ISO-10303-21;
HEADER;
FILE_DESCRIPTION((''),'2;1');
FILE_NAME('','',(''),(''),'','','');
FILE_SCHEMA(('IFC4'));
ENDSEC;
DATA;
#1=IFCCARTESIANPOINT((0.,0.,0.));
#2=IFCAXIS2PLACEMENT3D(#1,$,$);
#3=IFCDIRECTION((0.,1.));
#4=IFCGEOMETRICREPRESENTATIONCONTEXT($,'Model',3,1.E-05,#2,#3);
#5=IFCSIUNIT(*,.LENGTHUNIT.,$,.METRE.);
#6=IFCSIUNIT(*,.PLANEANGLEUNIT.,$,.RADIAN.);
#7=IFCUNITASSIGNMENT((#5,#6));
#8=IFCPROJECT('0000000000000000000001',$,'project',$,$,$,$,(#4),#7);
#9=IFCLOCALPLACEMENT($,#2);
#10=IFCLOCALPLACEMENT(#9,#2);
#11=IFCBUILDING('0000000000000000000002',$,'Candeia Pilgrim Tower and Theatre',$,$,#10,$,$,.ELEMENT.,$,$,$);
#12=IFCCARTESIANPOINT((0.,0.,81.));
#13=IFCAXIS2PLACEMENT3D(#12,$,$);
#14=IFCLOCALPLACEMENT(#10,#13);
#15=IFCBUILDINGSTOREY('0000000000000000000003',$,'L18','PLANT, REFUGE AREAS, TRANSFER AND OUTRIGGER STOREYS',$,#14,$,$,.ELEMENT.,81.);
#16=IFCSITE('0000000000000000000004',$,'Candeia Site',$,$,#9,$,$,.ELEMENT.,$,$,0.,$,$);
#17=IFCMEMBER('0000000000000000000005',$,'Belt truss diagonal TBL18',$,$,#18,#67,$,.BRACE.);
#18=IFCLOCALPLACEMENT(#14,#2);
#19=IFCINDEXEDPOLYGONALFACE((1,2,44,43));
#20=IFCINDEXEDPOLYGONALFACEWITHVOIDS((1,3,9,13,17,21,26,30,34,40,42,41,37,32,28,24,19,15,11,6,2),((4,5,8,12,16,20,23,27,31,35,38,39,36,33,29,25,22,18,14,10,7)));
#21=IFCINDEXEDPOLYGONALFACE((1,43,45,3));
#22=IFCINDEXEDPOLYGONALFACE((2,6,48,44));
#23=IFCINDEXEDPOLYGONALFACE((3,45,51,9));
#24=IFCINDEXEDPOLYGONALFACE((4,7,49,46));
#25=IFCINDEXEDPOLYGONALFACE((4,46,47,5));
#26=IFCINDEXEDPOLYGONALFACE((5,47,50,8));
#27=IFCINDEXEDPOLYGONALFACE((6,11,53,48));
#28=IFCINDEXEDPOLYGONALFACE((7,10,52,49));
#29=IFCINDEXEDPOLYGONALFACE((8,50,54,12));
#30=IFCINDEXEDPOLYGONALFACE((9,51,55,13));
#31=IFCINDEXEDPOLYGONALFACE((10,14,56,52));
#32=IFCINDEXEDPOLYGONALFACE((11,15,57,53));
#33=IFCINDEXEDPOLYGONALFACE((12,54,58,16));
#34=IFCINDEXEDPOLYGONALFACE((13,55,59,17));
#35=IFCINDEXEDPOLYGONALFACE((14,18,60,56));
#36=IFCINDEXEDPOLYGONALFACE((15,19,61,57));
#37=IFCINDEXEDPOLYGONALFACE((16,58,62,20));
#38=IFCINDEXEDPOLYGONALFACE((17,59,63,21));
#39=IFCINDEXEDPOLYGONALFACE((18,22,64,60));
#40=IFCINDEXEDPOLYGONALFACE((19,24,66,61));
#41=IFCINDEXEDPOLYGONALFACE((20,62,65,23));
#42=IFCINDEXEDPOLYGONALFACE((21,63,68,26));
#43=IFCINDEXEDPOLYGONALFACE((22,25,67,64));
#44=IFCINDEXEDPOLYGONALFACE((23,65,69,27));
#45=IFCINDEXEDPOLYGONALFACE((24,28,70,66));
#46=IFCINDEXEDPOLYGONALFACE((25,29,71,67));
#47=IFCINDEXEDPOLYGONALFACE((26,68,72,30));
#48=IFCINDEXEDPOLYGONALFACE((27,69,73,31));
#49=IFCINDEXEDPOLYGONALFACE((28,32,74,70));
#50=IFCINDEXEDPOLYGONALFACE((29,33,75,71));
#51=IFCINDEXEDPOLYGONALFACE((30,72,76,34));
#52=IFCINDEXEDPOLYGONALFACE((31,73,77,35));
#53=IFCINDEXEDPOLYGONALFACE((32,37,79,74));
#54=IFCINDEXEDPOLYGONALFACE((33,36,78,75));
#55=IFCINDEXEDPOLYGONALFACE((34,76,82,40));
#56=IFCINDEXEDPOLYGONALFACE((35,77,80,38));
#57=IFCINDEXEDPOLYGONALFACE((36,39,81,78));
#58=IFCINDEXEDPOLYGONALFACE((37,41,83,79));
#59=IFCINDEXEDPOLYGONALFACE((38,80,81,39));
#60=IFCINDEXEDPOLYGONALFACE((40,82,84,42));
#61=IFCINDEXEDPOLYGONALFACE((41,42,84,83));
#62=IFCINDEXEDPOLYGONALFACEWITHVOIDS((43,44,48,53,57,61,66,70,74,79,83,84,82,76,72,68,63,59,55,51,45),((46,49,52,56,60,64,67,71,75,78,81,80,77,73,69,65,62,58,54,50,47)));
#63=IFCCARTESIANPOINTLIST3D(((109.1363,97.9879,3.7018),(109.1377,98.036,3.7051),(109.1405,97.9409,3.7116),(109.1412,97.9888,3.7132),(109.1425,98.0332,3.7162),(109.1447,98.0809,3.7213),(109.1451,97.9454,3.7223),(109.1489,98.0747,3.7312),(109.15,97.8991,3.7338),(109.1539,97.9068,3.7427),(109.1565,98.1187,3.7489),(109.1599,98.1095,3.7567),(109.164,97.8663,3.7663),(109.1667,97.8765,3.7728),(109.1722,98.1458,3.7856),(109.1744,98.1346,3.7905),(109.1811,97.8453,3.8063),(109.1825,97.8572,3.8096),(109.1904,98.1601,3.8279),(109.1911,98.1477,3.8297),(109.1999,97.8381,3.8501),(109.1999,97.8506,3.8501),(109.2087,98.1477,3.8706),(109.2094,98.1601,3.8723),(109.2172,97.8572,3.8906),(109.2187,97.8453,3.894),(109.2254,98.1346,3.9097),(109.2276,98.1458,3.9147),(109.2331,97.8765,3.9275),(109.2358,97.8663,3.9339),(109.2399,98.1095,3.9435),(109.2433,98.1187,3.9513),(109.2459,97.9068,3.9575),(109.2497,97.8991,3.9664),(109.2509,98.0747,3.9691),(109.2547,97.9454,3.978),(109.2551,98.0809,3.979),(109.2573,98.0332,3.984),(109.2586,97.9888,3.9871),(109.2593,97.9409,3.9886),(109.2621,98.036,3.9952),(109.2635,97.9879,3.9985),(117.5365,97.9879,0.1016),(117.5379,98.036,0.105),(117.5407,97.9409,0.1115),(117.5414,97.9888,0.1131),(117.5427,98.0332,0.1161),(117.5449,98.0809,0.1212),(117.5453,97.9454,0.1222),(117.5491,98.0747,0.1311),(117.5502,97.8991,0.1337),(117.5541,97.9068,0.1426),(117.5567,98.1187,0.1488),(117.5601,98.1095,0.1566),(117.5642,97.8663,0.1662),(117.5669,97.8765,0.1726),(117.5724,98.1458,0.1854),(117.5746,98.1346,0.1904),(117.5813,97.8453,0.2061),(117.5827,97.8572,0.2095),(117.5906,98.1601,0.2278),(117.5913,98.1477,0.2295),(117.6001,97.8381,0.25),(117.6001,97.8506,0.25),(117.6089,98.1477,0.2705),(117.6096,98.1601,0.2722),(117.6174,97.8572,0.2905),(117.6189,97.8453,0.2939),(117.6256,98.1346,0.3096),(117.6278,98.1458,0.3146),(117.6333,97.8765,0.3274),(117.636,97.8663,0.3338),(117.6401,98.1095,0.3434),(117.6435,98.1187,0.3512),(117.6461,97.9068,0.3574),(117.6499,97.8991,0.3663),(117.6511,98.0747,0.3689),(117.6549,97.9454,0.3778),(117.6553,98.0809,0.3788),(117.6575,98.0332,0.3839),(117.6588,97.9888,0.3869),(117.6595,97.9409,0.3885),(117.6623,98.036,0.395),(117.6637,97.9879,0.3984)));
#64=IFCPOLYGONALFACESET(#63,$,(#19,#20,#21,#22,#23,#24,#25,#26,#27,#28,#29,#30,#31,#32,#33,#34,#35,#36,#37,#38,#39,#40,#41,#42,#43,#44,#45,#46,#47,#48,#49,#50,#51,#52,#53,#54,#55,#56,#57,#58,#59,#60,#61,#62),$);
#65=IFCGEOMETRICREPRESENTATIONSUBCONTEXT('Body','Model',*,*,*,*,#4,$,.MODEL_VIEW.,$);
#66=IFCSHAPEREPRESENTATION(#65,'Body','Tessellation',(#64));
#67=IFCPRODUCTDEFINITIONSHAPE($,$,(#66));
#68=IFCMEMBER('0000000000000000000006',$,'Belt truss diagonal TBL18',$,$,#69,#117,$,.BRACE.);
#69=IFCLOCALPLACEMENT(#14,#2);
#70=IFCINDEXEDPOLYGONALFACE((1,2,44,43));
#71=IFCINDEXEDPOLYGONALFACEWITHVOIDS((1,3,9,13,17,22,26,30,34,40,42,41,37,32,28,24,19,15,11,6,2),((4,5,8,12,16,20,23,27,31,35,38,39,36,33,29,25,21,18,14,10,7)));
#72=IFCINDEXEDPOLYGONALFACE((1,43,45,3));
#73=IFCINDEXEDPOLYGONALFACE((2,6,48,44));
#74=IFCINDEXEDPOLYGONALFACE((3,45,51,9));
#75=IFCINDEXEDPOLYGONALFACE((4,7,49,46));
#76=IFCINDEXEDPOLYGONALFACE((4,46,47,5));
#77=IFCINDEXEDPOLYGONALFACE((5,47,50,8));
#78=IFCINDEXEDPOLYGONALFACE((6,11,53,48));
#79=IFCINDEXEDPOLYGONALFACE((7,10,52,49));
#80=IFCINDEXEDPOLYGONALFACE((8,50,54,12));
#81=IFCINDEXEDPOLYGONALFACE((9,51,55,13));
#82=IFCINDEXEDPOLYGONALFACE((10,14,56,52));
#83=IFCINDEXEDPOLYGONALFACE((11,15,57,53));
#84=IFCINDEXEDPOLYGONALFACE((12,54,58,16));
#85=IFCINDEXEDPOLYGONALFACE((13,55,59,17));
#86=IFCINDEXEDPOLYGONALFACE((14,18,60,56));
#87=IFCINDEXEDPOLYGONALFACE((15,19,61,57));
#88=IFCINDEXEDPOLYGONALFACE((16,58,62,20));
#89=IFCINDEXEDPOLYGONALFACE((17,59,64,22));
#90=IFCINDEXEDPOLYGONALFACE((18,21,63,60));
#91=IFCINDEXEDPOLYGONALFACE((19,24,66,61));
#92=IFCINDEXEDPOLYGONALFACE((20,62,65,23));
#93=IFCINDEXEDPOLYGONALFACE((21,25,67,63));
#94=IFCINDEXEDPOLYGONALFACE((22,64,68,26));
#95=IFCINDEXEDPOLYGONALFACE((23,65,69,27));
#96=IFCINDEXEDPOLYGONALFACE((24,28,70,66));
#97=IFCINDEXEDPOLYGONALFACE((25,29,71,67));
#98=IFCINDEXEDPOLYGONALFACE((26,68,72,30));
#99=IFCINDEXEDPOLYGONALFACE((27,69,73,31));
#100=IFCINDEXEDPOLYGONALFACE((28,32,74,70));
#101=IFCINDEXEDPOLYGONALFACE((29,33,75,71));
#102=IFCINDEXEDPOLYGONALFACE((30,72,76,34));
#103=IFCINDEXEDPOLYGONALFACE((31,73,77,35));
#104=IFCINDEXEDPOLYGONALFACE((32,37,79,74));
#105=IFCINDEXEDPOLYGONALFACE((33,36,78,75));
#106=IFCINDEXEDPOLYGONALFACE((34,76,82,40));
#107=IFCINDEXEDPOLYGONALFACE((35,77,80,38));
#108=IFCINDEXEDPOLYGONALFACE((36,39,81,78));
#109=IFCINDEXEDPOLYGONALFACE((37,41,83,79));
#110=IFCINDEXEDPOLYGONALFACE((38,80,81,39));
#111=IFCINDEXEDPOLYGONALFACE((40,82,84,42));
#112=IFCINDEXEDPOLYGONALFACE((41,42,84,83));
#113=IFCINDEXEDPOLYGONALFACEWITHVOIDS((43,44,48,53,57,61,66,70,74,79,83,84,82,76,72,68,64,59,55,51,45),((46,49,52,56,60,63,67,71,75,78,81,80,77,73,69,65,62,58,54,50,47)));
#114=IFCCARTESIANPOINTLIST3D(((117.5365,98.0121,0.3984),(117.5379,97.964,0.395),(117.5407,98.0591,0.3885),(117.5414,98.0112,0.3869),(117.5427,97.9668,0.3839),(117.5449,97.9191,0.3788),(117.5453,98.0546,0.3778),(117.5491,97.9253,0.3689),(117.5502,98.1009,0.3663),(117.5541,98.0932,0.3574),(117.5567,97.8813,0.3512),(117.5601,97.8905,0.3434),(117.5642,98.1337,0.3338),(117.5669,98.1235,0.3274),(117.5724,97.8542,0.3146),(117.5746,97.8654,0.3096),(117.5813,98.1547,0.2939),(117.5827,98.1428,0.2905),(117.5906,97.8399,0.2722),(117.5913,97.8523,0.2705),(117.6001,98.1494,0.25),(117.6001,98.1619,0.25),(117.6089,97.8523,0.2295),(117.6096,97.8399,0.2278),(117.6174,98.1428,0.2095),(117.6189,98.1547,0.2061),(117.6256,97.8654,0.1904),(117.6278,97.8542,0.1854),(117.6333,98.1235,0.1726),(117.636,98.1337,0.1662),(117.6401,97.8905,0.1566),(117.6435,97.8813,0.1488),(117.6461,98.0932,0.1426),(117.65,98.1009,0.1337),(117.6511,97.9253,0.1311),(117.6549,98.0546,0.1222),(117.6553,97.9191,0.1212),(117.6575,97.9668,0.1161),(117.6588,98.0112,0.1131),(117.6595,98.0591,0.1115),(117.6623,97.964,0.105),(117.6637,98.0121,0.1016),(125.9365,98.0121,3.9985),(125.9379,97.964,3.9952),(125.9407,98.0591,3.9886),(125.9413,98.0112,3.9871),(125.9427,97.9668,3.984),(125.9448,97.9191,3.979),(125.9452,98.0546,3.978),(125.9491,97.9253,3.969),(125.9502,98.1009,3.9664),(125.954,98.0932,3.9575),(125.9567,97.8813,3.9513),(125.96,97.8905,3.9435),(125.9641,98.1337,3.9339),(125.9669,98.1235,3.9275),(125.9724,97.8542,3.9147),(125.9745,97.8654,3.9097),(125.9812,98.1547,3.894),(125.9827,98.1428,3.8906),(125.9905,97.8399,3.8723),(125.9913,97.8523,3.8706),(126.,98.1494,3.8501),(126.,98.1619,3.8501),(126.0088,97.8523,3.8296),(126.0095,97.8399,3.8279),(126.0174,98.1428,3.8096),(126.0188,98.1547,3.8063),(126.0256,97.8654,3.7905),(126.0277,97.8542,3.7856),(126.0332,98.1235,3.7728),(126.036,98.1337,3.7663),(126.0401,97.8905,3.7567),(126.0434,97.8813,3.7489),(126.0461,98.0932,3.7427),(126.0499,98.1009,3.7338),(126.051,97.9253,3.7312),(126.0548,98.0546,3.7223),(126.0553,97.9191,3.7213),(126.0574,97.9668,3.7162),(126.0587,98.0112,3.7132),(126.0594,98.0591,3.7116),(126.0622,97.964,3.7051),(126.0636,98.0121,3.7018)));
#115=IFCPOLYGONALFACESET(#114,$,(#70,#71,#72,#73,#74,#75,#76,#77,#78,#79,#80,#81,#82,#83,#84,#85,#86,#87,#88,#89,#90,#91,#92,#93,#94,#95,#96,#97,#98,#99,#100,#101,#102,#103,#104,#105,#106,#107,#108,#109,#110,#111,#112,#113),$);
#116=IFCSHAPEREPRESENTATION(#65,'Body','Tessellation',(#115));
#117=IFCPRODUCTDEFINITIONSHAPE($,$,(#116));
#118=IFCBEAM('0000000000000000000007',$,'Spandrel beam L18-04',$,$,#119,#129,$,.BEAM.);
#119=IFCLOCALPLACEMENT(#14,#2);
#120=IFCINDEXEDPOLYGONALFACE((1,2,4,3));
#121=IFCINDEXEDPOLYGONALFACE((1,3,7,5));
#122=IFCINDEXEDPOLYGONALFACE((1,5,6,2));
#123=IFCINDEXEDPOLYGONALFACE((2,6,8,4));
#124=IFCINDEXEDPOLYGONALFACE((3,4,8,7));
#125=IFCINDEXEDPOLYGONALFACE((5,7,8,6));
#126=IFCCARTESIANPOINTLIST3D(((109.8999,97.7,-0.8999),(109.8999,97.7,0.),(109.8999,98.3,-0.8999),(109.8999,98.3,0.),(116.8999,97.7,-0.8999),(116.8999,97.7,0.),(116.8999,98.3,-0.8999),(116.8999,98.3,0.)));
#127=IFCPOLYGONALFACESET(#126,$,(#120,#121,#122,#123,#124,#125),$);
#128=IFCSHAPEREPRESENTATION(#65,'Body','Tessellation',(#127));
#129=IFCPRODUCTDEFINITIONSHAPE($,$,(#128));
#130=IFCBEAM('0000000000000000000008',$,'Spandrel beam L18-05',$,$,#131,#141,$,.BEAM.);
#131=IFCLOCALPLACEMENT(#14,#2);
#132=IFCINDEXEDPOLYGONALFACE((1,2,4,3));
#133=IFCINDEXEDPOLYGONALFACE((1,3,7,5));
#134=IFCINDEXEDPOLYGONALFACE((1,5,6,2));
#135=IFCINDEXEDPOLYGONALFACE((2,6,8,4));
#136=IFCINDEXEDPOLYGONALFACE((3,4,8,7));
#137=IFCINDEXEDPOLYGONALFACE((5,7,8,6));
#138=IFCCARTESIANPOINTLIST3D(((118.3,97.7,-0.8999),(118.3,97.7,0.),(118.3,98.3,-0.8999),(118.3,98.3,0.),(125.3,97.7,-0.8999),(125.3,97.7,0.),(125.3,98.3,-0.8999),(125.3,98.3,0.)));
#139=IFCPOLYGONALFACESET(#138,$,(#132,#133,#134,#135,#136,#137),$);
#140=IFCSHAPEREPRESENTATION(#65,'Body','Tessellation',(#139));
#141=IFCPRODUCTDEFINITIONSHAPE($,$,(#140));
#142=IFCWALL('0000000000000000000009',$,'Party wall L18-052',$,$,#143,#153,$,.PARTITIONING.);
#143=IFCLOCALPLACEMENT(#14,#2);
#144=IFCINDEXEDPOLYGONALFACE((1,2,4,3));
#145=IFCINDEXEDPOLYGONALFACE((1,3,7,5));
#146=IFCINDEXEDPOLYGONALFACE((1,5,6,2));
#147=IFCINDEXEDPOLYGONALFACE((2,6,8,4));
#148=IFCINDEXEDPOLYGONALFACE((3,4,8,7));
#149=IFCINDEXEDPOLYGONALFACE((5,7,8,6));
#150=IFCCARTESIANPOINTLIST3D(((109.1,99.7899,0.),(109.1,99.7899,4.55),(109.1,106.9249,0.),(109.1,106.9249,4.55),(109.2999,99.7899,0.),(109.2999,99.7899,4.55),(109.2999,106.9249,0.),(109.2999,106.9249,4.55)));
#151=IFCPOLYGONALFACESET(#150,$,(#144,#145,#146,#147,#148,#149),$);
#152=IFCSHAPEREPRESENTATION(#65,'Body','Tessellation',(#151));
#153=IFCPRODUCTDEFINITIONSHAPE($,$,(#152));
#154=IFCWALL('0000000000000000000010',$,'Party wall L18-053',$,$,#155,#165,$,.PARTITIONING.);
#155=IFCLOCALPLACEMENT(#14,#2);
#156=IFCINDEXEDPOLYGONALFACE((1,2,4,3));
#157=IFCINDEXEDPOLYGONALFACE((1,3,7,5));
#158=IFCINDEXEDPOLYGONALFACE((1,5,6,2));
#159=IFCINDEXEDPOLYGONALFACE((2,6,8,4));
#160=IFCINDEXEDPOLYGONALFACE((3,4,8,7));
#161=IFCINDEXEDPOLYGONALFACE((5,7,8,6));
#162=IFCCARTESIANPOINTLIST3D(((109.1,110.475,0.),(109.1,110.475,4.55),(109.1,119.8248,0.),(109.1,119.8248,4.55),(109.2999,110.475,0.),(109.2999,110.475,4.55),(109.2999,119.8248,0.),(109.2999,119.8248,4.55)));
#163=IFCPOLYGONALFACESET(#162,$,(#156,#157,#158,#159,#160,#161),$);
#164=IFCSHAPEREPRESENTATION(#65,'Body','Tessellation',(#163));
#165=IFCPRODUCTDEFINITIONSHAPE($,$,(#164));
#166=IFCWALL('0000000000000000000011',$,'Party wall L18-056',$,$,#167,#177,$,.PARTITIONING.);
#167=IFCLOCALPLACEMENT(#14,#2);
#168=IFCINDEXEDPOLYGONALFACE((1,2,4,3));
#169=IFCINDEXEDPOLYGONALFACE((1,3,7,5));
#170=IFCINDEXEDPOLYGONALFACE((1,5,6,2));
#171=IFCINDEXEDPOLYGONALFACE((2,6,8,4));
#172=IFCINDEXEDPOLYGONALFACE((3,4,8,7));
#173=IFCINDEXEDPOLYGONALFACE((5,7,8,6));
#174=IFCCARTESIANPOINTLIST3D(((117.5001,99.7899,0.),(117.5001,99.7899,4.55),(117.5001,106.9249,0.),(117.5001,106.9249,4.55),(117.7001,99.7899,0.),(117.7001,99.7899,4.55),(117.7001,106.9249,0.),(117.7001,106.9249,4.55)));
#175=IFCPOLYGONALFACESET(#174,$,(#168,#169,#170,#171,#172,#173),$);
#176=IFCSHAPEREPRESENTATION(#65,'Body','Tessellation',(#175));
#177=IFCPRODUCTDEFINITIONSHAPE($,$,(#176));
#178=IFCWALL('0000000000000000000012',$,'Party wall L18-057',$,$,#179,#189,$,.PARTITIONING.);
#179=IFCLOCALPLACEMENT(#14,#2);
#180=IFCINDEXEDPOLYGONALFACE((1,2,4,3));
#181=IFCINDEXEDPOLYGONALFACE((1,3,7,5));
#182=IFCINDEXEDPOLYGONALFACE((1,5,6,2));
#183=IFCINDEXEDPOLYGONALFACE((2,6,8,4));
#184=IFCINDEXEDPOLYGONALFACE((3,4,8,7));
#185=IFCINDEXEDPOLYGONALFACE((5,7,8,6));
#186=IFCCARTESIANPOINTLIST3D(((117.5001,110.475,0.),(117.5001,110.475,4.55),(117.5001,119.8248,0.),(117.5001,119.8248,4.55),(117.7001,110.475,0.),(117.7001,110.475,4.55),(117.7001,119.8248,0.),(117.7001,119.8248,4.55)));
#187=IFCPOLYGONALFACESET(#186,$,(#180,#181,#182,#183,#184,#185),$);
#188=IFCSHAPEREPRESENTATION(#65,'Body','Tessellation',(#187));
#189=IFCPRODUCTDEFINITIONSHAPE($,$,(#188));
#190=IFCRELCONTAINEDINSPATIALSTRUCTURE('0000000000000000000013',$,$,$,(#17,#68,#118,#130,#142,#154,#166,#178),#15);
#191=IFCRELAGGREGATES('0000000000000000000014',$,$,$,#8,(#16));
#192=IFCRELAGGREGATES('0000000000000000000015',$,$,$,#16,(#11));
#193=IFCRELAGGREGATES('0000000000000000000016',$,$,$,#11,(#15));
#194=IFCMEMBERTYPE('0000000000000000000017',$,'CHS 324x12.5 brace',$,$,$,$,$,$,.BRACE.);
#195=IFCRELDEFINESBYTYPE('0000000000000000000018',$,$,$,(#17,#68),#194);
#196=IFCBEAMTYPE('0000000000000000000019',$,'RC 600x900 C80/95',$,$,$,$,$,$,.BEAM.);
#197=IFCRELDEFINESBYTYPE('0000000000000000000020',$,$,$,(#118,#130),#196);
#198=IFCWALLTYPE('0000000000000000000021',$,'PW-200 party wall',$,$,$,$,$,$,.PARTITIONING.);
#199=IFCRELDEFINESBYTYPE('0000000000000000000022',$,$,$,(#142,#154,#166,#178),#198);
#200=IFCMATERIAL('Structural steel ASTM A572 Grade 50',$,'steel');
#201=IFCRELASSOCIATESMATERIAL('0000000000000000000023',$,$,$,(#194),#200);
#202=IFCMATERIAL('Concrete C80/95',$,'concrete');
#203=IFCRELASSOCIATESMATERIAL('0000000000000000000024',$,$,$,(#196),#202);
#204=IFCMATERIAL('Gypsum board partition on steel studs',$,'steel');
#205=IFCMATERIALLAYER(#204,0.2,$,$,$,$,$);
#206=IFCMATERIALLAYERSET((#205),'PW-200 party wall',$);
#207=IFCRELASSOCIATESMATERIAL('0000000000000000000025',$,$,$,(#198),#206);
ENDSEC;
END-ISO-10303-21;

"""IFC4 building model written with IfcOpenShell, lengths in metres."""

from ifc_helpers import new_model, si_unit, direction, frame, frame_2d, origin, origin_2d, place, context, subcontext, project, spatial, rectangle, hollow_circle, extrude, material, layer, layer_set, material_profile, profile_set, type_object, element, save


model = new_model("IFC4")

# Units and contexts
model_context = context("Model", 3, precision=1e-05, world=origin(), true_north=direction((0.0, 1.0)))
body_context = subcontext(model_context, "Body", "Model", "MODEL_VIEW")
ifc_project = project(units=[si_unit("LENGTHUNIT", "METRE"), si_unit("PLANEANGLEUNIT", "RADIAN")], contexts=[model_context])

# Site, building, storey
site_placement = place(None, origin())
site = spatial("IfcSite", under=ifc_project, at=site_placement, Name="Candeia Site", CompositionType="ELEMENT", RefElevation=0.0)
building_placement = place(site_placement, origin())
building = spatial("IfcBuilding", under=site, at=building_placement, Name="Candeia Pilgrim Tower and Theatre", CompositionType="ELEMENT")
storey_placement = place(building_placement, frame((0.0, 0.0, 81.0)))
storey = spatial("IfcBuildingStorey", under=building, at=storey_placement, Name="L18", Description="PLANT, REFUGE AREAS, TRANSFER AND OUTRIGGER STOREYS", CompositionType="ELEMENT", Elevation=81.0)

# Shared definitions
ifc_material_1 = material(Name="Concrete C80/95", Category="concrete")

# Members
ifc_material_2 = material(Name="Structural steel ASTM A572 Grade 50", Category="steel")
ifc_material_profile_1 = material_profile(ifc_material_2, hollow_circle(Radius=0.1619, WallThickness=0.0125, at=origin_2d()))
ifc_profile_set_1 = profile_set([ifc_material_profile_1], Name="Structural steel ASTM A572 Grade 50")
member_type_1 = type_object("IfcMemberType", Name="CHS 324x12.5 brace", PredefinedType="BRACE", material=ifc_profile_set_1)
member_1_placement = place(storey_placement, frame((117.6001, 98.0, 0.25), z_axis=(-0.919144, 0.0, 0.393923), x_axis=(0.0, -1.0, 0.0)))
element("IfcMember", 1, at=member_1_placement, inside=storey, type_object=member_type_1, Name="Belt truss diagonal TBL18", PredefinedType="BRACE", context=body_context, shape_type="SweptSolid", body=[
    extrude(hollow_circle(Radius=0.1619, WallThickness=0.0125, at=origin_2d()), origin(), (0.0, 0.0, 1.0), 9.1392),
])
member_2_placement = place(storey_placement, frame((117.6001, 98.0, 0.25), z_axis=(0.91914, 0.0, 0.393932), x_axis=(0.0, 1.0, 0.0)))
element("IfcMember", 2, at=member_2_placement, inside=storey, type_object=member_type_1, Name="Belt truss diagonal TBL18", PredefinedType="BRACE", context=body_context, shape_type="SweptSolid", body=[
    extrude(hollow_circle(Radius=0.1619, WallThickness=0.0125, at=origin_2d()), origin(), (0.0, 0.0, 1.0), 9.1389),
])

# Beams
ifc_material_profile_2 = material_profile(ifc_material_1, rectangle(XDim=0.6001, YDim=0.8999, at=origin_2d()))
ifc_profile_set_2 = profile_set([ifc_material_profile_2], Name="Concrete C80/95")
beam_type = type_object("IfcBeamType", Name="RC 600x900 C80/95", PredefinedType="BEAM", material=ifc_profile_set_2)
for number, where, z_axis, x_axis, name in (
    (3, (109.8999, 98.0, -0.45), (1.0, 0.0, 0.0), (0.0, 1.0, 0.0), "Spandrel beam L18-04"),
    (4, (118.3, 98.0, -0.45), (1.0, 0.0, 0.0), (0.0, 1.0, 0.0), "Spandrel beam L18-05"),
):
    element("IfcBeam", number, at=place(storey_placement, frame(where, z_axis=z_axis, x_axis=x_axis)), inside=storey, type_object=beam_type, Name=name, PredefinedType="BEAM", context=body_context, shape_type="SweptSolid", body=[
        extrude(rectangle(XDim=0.6001, YDim=0.8999, at=origin_2d()), origin(), (0.0, 0.0, 1.0), 7.0),
    ])

# Walls
ifc_material_3 = material(Name="Gypsum board partition on steel studs", Category="steel")
ifc_layer = layer(ifc_material_3, 0.2)
ifc_layer_set = layer_set([ifc_layer], Name="PW-200 party wall")
wall_type = type_object("IfcWallType", Name="PW-200 party wall", PredefinedType="PARTITIONING", material=ifc_layer_set)
wall_1_placement = place(storey_placement, frame((109.2, 99.79, 0.0), z_axis=(0.0, 0.0, 1.0), x_axis=(0.0, 1.0, 0.0)))
element("IfcWall", 5, at=wall_1_placement, inside=storey, type_object=wall_type, Name="Party wall L18-052", PredefinedType="PARTITIONING", context=body_context, shape_type="SweptSolid", body=[
    extrude(rectangle(XDim=7.135, YDim=0.2, at=frame_2d((3.5674, 0.0))), origin(), (0.0, 0.0, 1.0), 4.55),
])
wall_2_placement = place(storey_placement, frame((109.2, 110.4751, 0.0), z_axis=(0.0, 0.0, 1.0), x_axis=(0.0, 1.0, 0.0)))
element("IfcWall", 6, at=wall_2_placement, inside=storey, type_object=wall_type, Name="Party wall L18-053", PredefinedType="PARTITIONING", context=body_context, shape_type="SweptSolid", body=[
    extrude(rectangle(XDim=9.3499, YDim=0.2, at=frame_2d((4.6748, 0.0))), origin(), (0.0, 0.0, 1.0), 4.55),
])
wall_3_placement = place(storey_placement, frame((117.6001, 99.79, 0.0), z_axis=(0.0, 0.0, 1.0), x_axis=(0.0, 1.0, 0.0)))
element("IfcWall", 7, at=wall_3_placement, inside=storey, type_object=wall_type, Name="Party wall L18-056", PredefinedType="PARTITIONING", context=body_context, shape_type="SweptSolid", body=[
    extrude(rectangle(XDim=7.135, YDim=0.2, at=frame_2d((3.5674, 0.0))), origin(), (0.0, 0.0, 1.0), 4.55),
])
wall_4_placement = place(storey_placement, frame((117.6001, 110.4751, 0.0), z_axis=(0.0, 0.0, 1.0), x_axis=(0.0, 1.0, 0.0)))
element("IfcWall", 8, at=wall_4_placement, inside=storey, type_object=wall_type, Name="Party wall L18-057", PredefinedType="PARTITIONING", context=body_context, shape_type="SweptSolid", body=[
    extrude(rectangle(XDim=9.3499, YDim=0.2, at=frame_2d((4.6748, 0.0))), origin(), (0.0, 0.0, 1.0), 4.55),
])

save(model, "model.ifc")
